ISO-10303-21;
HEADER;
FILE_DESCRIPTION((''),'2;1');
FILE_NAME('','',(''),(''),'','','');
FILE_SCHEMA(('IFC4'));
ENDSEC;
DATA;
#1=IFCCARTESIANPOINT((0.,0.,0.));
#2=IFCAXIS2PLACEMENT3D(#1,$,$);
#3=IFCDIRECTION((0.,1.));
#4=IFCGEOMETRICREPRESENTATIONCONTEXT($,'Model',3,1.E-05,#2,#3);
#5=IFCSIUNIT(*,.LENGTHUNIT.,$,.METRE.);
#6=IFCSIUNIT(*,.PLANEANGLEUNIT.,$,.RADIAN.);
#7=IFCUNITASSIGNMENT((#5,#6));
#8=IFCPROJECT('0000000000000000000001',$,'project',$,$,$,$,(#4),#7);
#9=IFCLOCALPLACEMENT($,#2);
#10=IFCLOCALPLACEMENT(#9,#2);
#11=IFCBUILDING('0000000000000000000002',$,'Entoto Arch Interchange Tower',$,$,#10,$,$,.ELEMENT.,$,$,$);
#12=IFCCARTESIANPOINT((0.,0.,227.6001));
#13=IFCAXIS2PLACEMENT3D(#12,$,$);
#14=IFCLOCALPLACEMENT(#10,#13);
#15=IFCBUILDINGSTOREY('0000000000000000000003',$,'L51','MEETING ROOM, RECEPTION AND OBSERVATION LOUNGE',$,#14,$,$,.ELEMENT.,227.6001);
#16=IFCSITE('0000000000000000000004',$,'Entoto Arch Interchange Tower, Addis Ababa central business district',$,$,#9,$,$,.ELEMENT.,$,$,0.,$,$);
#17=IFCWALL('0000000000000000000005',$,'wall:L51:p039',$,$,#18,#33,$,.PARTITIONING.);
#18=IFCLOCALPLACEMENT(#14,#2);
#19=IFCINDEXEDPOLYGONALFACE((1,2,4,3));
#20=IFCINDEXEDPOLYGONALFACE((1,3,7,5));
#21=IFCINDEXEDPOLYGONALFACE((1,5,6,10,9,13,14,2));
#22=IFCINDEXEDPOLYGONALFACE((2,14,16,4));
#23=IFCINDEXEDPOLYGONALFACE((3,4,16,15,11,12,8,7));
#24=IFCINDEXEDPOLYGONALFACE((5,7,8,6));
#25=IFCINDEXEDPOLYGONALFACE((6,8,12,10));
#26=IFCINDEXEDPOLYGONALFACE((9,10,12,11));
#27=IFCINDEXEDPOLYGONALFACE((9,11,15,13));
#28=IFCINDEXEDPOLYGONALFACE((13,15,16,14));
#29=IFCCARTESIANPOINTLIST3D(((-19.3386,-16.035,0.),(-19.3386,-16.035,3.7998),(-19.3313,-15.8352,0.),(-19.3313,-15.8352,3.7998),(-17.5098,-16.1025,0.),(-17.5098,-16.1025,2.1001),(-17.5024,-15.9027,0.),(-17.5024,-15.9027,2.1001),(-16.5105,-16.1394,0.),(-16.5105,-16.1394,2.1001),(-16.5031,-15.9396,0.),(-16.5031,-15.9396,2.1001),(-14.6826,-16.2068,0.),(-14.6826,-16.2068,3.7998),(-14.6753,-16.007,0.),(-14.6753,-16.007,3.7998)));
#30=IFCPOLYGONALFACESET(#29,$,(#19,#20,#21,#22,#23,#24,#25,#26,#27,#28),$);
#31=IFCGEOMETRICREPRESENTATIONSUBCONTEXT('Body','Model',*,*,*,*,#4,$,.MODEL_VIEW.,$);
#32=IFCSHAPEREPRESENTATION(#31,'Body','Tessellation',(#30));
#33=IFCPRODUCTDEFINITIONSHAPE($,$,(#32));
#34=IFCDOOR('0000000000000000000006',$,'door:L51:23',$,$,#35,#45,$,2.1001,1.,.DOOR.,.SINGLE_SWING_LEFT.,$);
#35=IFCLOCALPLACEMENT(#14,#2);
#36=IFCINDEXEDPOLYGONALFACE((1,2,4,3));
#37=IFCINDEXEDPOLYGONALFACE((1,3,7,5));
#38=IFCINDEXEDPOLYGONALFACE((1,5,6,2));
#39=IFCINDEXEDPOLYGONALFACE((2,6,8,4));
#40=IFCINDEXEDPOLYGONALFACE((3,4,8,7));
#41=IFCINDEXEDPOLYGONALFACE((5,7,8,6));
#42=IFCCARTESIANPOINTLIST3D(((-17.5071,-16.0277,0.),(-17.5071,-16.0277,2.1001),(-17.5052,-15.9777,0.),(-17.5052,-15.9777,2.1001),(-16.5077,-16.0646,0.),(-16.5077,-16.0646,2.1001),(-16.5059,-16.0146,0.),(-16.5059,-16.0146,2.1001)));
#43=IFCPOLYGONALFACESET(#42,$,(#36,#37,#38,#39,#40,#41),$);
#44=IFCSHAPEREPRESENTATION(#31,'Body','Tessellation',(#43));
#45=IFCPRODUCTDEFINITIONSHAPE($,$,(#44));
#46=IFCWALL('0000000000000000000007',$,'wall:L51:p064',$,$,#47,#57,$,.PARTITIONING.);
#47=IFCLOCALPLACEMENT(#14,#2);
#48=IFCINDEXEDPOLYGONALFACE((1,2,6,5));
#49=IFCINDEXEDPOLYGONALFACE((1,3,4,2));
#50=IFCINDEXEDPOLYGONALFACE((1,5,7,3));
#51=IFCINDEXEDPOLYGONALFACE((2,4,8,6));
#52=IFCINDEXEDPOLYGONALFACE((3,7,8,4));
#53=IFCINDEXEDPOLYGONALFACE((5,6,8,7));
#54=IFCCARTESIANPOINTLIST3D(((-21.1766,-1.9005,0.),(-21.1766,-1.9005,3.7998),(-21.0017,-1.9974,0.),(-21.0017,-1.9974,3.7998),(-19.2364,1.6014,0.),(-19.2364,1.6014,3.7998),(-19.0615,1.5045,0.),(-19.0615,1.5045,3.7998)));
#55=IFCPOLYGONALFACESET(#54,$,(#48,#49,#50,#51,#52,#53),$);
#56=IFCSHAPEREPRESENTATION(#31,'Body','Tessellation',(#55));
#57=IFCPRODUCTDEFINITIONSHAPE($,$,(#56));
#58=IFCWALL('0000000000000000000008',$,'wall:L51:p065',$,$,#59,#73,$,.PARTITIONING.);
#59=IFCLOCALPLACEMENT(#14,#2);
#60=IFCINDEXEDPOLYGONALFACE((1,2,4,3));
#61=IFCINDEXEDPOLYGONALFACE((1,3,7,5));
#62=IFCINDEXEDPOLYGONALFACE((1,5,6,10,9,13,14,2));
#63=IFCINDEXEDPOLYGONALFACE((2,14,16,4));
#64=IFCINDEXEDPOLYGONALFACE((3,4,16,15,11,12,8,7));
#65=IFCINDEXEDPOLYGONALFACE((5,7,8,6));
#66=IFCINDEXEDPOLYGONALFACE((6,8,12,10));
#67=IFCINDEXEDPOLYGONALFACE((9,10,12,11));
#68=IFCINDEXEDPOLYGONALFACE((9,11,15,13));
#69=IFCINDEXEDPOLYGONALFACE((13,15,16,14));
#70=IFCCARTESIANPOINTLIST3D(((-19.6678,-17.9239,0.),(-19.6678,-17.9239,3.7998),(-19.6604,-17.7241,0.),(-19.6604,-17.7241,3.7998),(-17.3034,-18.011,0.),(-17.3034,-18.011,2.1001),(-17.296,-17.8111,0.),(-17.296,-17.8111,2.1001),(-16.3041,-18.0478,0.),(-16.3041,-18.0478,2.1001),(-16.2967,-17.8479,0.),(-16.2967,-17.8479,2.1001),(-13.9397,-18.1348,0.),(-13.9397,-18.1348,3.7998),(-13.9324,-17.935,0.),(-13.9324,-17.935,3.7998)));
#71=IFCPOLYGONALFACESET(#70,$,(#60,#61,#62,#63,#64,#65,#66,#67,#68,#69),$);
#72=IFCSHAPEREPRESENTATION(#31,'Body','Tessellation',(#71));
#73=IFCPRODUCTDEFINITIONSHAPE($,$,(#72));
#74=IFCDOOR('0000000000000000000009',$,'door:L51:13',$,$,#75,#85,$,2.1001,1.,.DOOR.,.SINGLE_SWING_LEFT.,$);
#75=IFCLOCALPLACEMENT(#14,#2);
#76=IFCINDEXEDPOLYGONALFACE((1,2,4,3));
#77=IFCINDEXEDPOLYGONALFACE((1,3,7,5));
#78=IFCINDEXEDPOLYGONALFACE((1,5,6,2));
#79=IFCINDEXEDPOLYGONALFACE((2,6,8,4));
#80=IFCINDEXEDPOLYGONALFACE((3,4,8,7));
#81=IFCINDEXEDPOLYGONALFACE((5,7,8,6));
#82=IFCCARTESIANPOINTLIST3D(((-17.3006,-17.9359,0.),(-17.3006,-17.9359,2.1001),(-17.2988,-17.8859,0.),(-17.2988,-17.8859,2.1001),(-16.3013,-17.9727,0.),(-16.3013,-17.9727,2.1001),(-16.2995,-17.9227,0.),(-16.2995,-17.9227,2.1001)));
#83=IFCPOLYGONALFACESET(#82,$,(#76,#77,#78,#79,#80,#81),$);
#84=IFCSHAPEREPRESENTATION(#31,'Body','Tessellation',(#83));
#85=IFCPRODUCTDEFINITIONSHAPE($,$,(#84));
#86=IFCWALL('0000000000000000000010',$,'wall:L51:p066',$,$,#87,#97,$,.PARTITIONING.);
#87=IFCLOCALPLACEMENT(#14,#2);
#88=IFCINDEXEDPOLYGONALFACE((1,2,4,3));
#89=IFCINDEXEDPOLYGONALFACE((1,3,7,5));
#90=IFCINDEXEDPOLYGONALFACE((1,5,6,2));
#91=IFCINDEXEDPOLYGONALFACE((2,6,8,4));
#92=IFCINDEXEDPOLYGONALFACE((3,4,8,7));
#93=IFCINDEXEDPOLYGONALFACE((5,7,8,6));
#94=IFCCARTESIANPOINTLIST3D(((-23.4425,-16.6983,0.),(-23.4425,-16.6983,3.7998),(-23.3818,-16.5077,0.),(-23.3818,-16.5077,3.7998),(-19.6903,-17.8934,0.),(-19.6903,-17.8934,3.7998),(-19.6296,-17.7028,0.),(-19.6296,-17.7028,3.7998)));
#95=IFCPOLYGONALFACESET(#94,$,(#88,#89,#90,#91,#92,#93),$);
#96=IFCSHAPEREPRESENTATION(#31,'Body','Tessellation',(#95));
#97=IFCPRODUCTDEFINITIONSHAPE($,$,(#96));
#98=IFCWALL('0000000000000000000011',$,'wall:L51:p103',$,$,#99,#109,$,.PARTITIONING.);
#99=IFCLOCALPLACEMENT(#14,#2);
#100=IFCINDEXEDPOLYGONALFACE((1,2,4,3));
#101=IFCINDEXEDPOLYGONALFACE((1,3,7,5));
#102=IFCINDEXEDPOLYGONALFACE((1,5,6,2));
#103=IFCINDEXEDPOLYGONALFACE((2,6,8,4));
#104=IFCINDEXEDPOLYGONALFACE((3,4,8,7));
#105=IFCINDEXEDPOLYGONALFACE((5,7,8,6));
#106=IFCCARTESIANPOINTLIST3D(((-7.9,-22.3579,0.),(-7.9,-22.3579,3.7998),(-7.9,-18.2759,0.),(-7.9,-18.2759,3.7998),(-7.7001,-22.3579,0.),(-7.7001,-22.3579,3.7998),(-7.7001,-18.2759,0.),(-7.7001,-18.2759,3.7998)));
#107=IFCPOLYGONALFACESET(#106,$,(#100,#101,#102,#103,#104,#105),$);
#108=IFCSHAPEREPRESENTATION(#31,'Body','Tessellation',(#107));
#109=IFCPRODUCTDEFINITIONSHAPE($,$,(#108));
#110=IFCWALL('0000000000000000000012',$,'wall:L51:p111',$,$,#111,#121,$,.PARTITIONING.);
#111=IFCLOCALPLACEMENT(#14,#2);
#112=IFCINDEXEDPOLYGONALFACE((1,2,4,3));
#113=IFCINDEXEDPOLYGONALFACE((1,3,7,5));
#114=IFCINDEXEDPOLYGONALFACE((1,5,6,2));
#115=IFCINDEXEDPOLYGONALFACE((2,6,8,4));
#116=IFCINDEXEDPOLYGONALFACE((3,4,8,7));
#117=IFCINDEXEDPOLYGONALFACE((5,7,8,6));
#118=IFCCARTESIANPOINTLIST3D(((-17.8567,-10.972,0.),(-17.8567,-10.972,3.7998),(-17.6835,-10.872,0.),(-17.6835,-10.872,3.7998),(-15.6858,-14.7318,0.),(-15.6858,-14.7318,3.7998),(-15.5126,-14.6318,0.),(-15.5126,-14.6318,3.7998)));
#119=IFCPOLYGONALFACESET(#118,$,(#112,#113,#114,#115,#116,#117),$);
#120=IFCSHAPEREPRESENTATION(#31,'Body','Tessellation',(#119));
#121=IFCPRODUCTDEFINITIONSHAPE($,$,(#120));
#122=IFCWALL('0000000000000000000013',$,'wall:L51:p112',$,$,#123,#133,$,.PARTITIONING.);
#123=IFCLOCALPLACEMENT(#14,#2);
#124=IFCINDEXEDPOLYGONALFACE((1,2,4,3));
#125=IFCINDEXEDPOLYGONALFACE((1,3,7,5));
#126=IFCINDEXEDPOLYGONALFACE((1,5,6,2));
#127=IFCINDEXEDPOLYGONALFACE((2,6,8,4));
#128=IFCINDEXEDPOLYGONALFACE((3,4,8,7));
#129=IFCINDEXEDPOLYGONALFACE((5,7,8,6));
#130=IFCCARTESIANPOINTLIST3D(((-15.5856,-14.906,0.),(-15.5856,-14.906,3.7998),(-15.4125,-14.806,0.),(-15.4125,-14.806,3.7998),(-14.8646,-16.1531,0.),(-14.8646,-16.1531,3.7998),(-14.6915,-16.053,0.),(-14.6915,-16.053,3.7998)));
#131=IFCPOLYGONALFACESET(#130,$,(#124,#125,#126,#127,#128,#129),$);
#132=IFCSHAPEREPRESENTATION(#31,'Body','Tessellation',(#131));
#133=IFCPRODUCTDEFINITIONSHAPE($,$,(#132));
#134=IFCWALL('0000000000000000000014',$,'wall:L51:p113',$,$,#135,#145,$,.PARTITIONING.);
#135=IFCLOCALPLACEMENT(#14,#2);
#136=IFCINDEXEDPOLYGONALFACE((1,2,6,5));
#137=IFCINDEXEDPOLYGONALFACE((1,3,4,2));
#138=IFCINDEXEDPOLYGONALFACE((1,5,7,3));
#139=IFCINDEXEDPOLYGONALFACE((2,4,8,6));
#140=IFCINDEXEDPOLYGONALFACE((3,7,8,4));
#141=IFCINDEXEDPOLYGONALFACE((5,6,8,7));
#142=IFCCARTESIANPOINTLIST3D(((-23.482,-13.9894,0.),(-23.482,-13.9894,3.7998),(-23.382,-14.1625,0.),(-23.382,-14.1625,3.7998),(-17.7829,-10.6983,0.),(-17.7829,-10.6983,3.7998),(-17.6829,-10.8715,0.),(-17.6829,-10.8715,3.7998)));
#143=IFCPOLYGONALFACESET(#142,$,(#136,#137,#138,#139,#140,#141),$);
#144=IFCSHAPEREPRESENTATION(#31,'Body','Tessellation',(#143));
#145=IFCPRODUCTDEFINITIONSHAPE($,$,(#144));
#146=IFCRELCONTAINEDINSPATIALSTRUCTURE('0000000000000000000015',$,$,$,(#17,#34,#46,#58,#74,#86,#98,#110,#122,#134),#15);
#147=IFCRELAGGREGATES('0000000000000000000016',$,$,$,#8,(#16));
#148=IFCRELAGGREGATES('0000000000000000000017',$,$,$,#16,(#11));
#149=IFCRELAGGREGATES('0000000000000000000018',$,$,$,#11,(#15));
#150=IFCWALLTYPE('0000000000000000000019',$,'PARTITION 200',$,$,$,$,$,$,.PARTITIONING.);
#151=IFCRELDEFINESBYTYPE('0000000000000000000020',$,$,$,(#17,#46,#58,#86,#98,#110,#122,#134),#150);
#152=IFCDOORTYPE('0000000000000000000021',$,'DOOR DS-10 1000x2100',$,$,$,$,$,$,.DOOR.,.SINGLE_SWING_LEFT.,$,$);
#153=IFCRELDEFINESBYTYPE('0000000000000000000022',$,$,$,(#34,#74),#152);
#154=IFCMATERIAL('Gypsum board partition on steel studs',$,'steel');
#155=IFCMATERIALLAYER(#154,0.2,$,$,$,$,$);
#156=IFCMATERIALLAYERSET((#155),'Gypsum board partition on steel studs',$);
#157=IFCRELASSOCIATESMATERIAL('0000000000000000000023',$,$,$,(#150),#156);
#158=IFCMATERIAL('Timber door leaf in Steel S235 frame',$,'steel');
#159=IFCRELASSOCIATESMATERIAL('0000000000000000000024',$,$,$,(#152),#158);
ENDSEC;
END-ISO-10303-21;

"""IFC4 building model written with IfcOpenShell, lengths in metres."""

from ifc_helpers import new_model, si_unit, direction, frame, frame_2d, origin, place, context, subcontext, project, spatial, rectangle, extrude, material, layer, layer_set, type_object, element, fill, save


model = new_model("IFC4")

# Units and contexts
model_context = context("Model", 3, precision=1e-05, world=origin(), true_north=direction((0.0, 1.0)))
body_context = subcontext(model_context, "Body", "Model", "MODEL_VIEW")
ifc_project = project(units=[si_unit("LENGTHUNIT", "METRE"), si_unit("PLANEANGLEUNIT", "RADIAN")], contexts=[model_context])

# Site, building, storey
site_placement = place(None, origin())
site = spatial("IfcSite", under=ifc_project, at=site_placement, Name="Entoto Arch Interchange Tower, Addis Ababa central business district", CompositionType="ELEMENT", RefElevation=0.0)
building_placement = place(site_placement, origin())
building = spatial("IfcBuilding", under=site, at=building_placement, Name="Entoto Arch Interchange Tower", CompositionType="ELEMENT")
storey_placement = place(building_placement, frame((0.0, 0.0, 227.6001)))
storey = spatial("IfcBuildingStorey", under=building, at=storey_placement, Name="L51", Description="MEETING ROOM, RECEPTION AND OBSERVATION LOUNGE", CompositionType="ELEMENT", Elevation=227.6001)

# Shared definitions
ifc_material_1 = material(Name="Gypsum board partition on steel studs", Category="steel")
ifc_layer_1 = layer(ifc_material_1, 0.2)
ifc_layer_set_1 = layer_set([ifc_layer_1], Name="Gypsum board partition on steel studs")
wall_type_1 = type_object("IfcWallType", Name="PARTITION 200", PredefinedType="PARTITIONING", material=ifc_layer_set_1)

# Shared definitions
ifc_material_2 = material(Name="Timber door leaf in Steel S235 frame", Category="steel")
door_type = type_object("IfcDoorType", Name="DOOR DS-10 1000x2100", OperationType="SINGLE_SWING_LEFT", PredefinedType="DOOR", material=ifc_material_2)

# Wall, opening, door
wall_1_placement = place(storey_placement, frame((-19.335, -15.9351, 0.0), z_axis=(0.0, 0.0, 1.0), x_axis=(0.999319, -0.03689, 0.0)))
wall_1 = element("IfcWall", 1, at=wall_1_placement, inside=storey, type_object=wall_type_1, Name="wall:L51:p039", PredefinedType="PARTITIONING", context=body_context, shape_type="SweptSolid", body=[
    extrude(rectangle(XDim=4.6592, YDim=0.2, at=frame_2d((2.3296, 0.0))), origin(), (0.0, 0.0, 1.0), 3.7998),
])
opening_1_placement = place(wall_1_placement, frame((1.8301, 0.0, 0.0)))
opening_1 = element("IfcOpeningElement", 2, at=opening_1_placement, cuts=wall_1, PredefinedType="OPENING", context=body_context, shape_type="SweptSolid", body=[
    extrude(rectangle(XDim=1.0, YDim=2.1001, at=frame_2d((0.5, 1.05))), frame((0.0, 0.1099, 0.0), z_axis=(0.0, -1.0, 0.0), x_axis=(1.0, 0.0, 0.0)), (0.0, 0.0, 1.0), 0.22),
])
door_1_placement = place(opening_1_placement, origin())
door_1 = element("IfcDoor", 3, at=door_1_placement, inside=storey, type_object=door_type, Name="door:L51:23", OperationType="SINGLE_SWING_LEFT", OverallHeight=2.1001, OverallWidth=1.0, PredefinedType="DOOR", context=body_context, shape_type="SweptSolid", body=[
    extrude(rectangle(XDim=1.0, YDim=2.1001, at=frame_2d((0.5, 1.05))), frame((0.0, 0.0249, 0.0), z_axis=(0.0, -1.0, 0.0), x_axis=(1.0, 0.0, 0.0)), (0.0, 0.0, 1.0), 0.05),
])
fill(opening_1, door_1)

# Wall
wall_2_placement = place(storey_placement, frame((-21.0891, -1.949, 0.0), z_axis=(0.0, 0.0, 1.0), x_axis=(0.484623, 0.874723, 0.0)))
element("IfcWall", 4, at=wall_2_placement, inside=storey, type_object=wall_type_1, Name="wall:L51:p064", PredefinedType="PARTITIONING", context=body_context, shape_type="SweptSolid", body=[
    extrude(rectangle(XDim=4.0034, YDim=0.2, at=frame_2d((2.0017, 0.0))), origin(), (0.0, 0.0, 1.0), 3.7998),
])

# Wall, opening, door
wall_3_placement = place(storey_placement, frame((-13.936, -18.0349, 0.0), z_axis=(0.0, 0.0, 1.0), x_axis=(-0.999323, 0.036801, 0.0)))
wall_3 = element("IfcWall", 5, at=wall_3_placement, inside=storey, type_object=wall_type_1, Name="wall:L51:p065", PredefinedType="PARTITIONING", context=body_context, shape_type="SweptSolid", body=[
    extrude(rectangle(XDim=5.7319, YDim=0.2, at=frame_2d((2.866, 0.0))), origin(), (0.0, 0.0, 1.0), 3.7998),
])
opening_2_placement = place(wall_3_placement, frame((2.366, 0.0, 0.0)))
opening_2 = element("IfcOpeningElement", 6, at=opening_2_placement, cuts=wall_3, PredefinedType="OPENING", context=body_context, shape_type="SweptSolid", body=[
    extrude(rectangle(XDim=1.0, YDim=2.1001, at=frame_2d((0.5, 1.05))), frame((0.0, 0.1099, 0.0), z_axis=(0.0, -1.0, 0.0), x_axis=(1.0, 0.0, 0.0)), (0.0, 0.0, 1.0), 0.22),
])
door_2_placement = place(opening_2_placement, origin())
door_2 = element("IfcDoor", 7, at=door_2_placement, inside=storey, type_object=door_type, Name="door:L51:13", OperationType="SINGLE_SWING_LEFT", OverallHeight=2.1001, OverallWidth=1.0, PredefinedType="DOOR", context=body_context, shape_type="SweptSolid", body=[
    extrude(rectangle(XDim=1.0, YDim=2.1001, at=frame_2d((0.5, 1.05))), frame((0.0, 0.0249, 0.0), z_axis=(0.0, -1.0, 0.0), x_axis=(1.0, 0.0, 0.0)), (0.0, 0.0, 1.0), 0.05),
])
fill(opening_2, door_2)

# Walls
wall_4_placement = place(storey_placement, frame((-19.6599, -17.7981, 0.0), z_axis=(0.0, 0.0, 1.0), x_axis=(-0.952839, 0.303477, 0.0)))
element("IfcWall", 8, at=wall_4_placement, inside=storey, type_object=wall_type_1, Name="wall:L51:p066", PredefinedType="PARTITIONING", context=body_context, shape_type="SweptSolid", body=[
    extrude(rectangle(XDim=3.938, YDim=0.2, at=frame_2d((1.969, 0.0))), origin(), (0.0, 0.0, 1.0), 3.7998),
])
wall_5_placement = place(storey_placement, frame((-7.8, -22.3579, 0.0), z_axis=(0.0, 0.0, 1.0), x_axis=(0.0, 1.0, 0.0)))
element("IfcWall", 9, at=wall_5_placement, inside=storey, type_object=wall_type_1, Name="wall:L51:p103", PredefinedType="PARTITIONING", context=body_context, shape_type="SweptSolid", body=[
    extrude(rectangle(XDim=4.082, YDim=0.2, at=frame_2d((2.041, 0.0))), origin(), (0.0, 0.0, 1.0), 3.7998),
])
wall_6_placement = place(storey_placement, frame((-15.5991, -14.6819, 0.0), z_axis=(0.0, 0.0, 1.0), x_axis=(-0.500034, 0.866006, 0.0)))
element("IfcWall", 10, at=wall_6_placement, inside=storey, type_object=wall_type_1, Name="wall:L51:p111", PredefinedType="PARTITIONING", context=body_context, shape_type="SweptSolid", body=[
    extrude(rectangle(XDim=4.3416, YDim=0.2, at=frame_2d((2.1709, 0.0))), origin(), (0.0, 0.0, 1.0), 3.7998),
])
wall_7_placement = place(storey_placement, frame((-14.7781, -16.103, 0.0), z_axis=(0.0, 0.0, 1.0), x_axis=(-0.500495, 0.865739, 0.0)))
element("IfcWall", 11, at=wall_7_placement, inside=storey, type_object=wall_type_1, Name="wall:L51:p112", PredefinedType="PARTITIONING", context=body_context, shape_type="SweptSolid", body=[
    extrude(rectangle(XDim=1.4404, YDim=0.2, at=frame_2d((0.7202, 0.0))), origin(), (0.0, 0.0, 1.0), 3.7998),
])
wall_8_placement = place(storey_placement, frame((-17.7329, -10.7849, 0.0), z_axis=(0.0, 0.0, 1.0), x_axis=(-0.865979, -0.500081, 0.0)))
element("IfcWall", 12, at=wall_8_placement, inside=storey, type_object=wall_type_1, Name="wall:L51:p113", PredefinedType="PARTITIONING", context=body_context, shape_type="SweptSolid", body=[
    extrude(rectangle(XDim=6.5811, YDim=0.2, at=frame_2d((3.2905, 0.0))), origin(), (0.0, 0.0, 1.0), 3.7998),
])

save(model, "model.ifc")
